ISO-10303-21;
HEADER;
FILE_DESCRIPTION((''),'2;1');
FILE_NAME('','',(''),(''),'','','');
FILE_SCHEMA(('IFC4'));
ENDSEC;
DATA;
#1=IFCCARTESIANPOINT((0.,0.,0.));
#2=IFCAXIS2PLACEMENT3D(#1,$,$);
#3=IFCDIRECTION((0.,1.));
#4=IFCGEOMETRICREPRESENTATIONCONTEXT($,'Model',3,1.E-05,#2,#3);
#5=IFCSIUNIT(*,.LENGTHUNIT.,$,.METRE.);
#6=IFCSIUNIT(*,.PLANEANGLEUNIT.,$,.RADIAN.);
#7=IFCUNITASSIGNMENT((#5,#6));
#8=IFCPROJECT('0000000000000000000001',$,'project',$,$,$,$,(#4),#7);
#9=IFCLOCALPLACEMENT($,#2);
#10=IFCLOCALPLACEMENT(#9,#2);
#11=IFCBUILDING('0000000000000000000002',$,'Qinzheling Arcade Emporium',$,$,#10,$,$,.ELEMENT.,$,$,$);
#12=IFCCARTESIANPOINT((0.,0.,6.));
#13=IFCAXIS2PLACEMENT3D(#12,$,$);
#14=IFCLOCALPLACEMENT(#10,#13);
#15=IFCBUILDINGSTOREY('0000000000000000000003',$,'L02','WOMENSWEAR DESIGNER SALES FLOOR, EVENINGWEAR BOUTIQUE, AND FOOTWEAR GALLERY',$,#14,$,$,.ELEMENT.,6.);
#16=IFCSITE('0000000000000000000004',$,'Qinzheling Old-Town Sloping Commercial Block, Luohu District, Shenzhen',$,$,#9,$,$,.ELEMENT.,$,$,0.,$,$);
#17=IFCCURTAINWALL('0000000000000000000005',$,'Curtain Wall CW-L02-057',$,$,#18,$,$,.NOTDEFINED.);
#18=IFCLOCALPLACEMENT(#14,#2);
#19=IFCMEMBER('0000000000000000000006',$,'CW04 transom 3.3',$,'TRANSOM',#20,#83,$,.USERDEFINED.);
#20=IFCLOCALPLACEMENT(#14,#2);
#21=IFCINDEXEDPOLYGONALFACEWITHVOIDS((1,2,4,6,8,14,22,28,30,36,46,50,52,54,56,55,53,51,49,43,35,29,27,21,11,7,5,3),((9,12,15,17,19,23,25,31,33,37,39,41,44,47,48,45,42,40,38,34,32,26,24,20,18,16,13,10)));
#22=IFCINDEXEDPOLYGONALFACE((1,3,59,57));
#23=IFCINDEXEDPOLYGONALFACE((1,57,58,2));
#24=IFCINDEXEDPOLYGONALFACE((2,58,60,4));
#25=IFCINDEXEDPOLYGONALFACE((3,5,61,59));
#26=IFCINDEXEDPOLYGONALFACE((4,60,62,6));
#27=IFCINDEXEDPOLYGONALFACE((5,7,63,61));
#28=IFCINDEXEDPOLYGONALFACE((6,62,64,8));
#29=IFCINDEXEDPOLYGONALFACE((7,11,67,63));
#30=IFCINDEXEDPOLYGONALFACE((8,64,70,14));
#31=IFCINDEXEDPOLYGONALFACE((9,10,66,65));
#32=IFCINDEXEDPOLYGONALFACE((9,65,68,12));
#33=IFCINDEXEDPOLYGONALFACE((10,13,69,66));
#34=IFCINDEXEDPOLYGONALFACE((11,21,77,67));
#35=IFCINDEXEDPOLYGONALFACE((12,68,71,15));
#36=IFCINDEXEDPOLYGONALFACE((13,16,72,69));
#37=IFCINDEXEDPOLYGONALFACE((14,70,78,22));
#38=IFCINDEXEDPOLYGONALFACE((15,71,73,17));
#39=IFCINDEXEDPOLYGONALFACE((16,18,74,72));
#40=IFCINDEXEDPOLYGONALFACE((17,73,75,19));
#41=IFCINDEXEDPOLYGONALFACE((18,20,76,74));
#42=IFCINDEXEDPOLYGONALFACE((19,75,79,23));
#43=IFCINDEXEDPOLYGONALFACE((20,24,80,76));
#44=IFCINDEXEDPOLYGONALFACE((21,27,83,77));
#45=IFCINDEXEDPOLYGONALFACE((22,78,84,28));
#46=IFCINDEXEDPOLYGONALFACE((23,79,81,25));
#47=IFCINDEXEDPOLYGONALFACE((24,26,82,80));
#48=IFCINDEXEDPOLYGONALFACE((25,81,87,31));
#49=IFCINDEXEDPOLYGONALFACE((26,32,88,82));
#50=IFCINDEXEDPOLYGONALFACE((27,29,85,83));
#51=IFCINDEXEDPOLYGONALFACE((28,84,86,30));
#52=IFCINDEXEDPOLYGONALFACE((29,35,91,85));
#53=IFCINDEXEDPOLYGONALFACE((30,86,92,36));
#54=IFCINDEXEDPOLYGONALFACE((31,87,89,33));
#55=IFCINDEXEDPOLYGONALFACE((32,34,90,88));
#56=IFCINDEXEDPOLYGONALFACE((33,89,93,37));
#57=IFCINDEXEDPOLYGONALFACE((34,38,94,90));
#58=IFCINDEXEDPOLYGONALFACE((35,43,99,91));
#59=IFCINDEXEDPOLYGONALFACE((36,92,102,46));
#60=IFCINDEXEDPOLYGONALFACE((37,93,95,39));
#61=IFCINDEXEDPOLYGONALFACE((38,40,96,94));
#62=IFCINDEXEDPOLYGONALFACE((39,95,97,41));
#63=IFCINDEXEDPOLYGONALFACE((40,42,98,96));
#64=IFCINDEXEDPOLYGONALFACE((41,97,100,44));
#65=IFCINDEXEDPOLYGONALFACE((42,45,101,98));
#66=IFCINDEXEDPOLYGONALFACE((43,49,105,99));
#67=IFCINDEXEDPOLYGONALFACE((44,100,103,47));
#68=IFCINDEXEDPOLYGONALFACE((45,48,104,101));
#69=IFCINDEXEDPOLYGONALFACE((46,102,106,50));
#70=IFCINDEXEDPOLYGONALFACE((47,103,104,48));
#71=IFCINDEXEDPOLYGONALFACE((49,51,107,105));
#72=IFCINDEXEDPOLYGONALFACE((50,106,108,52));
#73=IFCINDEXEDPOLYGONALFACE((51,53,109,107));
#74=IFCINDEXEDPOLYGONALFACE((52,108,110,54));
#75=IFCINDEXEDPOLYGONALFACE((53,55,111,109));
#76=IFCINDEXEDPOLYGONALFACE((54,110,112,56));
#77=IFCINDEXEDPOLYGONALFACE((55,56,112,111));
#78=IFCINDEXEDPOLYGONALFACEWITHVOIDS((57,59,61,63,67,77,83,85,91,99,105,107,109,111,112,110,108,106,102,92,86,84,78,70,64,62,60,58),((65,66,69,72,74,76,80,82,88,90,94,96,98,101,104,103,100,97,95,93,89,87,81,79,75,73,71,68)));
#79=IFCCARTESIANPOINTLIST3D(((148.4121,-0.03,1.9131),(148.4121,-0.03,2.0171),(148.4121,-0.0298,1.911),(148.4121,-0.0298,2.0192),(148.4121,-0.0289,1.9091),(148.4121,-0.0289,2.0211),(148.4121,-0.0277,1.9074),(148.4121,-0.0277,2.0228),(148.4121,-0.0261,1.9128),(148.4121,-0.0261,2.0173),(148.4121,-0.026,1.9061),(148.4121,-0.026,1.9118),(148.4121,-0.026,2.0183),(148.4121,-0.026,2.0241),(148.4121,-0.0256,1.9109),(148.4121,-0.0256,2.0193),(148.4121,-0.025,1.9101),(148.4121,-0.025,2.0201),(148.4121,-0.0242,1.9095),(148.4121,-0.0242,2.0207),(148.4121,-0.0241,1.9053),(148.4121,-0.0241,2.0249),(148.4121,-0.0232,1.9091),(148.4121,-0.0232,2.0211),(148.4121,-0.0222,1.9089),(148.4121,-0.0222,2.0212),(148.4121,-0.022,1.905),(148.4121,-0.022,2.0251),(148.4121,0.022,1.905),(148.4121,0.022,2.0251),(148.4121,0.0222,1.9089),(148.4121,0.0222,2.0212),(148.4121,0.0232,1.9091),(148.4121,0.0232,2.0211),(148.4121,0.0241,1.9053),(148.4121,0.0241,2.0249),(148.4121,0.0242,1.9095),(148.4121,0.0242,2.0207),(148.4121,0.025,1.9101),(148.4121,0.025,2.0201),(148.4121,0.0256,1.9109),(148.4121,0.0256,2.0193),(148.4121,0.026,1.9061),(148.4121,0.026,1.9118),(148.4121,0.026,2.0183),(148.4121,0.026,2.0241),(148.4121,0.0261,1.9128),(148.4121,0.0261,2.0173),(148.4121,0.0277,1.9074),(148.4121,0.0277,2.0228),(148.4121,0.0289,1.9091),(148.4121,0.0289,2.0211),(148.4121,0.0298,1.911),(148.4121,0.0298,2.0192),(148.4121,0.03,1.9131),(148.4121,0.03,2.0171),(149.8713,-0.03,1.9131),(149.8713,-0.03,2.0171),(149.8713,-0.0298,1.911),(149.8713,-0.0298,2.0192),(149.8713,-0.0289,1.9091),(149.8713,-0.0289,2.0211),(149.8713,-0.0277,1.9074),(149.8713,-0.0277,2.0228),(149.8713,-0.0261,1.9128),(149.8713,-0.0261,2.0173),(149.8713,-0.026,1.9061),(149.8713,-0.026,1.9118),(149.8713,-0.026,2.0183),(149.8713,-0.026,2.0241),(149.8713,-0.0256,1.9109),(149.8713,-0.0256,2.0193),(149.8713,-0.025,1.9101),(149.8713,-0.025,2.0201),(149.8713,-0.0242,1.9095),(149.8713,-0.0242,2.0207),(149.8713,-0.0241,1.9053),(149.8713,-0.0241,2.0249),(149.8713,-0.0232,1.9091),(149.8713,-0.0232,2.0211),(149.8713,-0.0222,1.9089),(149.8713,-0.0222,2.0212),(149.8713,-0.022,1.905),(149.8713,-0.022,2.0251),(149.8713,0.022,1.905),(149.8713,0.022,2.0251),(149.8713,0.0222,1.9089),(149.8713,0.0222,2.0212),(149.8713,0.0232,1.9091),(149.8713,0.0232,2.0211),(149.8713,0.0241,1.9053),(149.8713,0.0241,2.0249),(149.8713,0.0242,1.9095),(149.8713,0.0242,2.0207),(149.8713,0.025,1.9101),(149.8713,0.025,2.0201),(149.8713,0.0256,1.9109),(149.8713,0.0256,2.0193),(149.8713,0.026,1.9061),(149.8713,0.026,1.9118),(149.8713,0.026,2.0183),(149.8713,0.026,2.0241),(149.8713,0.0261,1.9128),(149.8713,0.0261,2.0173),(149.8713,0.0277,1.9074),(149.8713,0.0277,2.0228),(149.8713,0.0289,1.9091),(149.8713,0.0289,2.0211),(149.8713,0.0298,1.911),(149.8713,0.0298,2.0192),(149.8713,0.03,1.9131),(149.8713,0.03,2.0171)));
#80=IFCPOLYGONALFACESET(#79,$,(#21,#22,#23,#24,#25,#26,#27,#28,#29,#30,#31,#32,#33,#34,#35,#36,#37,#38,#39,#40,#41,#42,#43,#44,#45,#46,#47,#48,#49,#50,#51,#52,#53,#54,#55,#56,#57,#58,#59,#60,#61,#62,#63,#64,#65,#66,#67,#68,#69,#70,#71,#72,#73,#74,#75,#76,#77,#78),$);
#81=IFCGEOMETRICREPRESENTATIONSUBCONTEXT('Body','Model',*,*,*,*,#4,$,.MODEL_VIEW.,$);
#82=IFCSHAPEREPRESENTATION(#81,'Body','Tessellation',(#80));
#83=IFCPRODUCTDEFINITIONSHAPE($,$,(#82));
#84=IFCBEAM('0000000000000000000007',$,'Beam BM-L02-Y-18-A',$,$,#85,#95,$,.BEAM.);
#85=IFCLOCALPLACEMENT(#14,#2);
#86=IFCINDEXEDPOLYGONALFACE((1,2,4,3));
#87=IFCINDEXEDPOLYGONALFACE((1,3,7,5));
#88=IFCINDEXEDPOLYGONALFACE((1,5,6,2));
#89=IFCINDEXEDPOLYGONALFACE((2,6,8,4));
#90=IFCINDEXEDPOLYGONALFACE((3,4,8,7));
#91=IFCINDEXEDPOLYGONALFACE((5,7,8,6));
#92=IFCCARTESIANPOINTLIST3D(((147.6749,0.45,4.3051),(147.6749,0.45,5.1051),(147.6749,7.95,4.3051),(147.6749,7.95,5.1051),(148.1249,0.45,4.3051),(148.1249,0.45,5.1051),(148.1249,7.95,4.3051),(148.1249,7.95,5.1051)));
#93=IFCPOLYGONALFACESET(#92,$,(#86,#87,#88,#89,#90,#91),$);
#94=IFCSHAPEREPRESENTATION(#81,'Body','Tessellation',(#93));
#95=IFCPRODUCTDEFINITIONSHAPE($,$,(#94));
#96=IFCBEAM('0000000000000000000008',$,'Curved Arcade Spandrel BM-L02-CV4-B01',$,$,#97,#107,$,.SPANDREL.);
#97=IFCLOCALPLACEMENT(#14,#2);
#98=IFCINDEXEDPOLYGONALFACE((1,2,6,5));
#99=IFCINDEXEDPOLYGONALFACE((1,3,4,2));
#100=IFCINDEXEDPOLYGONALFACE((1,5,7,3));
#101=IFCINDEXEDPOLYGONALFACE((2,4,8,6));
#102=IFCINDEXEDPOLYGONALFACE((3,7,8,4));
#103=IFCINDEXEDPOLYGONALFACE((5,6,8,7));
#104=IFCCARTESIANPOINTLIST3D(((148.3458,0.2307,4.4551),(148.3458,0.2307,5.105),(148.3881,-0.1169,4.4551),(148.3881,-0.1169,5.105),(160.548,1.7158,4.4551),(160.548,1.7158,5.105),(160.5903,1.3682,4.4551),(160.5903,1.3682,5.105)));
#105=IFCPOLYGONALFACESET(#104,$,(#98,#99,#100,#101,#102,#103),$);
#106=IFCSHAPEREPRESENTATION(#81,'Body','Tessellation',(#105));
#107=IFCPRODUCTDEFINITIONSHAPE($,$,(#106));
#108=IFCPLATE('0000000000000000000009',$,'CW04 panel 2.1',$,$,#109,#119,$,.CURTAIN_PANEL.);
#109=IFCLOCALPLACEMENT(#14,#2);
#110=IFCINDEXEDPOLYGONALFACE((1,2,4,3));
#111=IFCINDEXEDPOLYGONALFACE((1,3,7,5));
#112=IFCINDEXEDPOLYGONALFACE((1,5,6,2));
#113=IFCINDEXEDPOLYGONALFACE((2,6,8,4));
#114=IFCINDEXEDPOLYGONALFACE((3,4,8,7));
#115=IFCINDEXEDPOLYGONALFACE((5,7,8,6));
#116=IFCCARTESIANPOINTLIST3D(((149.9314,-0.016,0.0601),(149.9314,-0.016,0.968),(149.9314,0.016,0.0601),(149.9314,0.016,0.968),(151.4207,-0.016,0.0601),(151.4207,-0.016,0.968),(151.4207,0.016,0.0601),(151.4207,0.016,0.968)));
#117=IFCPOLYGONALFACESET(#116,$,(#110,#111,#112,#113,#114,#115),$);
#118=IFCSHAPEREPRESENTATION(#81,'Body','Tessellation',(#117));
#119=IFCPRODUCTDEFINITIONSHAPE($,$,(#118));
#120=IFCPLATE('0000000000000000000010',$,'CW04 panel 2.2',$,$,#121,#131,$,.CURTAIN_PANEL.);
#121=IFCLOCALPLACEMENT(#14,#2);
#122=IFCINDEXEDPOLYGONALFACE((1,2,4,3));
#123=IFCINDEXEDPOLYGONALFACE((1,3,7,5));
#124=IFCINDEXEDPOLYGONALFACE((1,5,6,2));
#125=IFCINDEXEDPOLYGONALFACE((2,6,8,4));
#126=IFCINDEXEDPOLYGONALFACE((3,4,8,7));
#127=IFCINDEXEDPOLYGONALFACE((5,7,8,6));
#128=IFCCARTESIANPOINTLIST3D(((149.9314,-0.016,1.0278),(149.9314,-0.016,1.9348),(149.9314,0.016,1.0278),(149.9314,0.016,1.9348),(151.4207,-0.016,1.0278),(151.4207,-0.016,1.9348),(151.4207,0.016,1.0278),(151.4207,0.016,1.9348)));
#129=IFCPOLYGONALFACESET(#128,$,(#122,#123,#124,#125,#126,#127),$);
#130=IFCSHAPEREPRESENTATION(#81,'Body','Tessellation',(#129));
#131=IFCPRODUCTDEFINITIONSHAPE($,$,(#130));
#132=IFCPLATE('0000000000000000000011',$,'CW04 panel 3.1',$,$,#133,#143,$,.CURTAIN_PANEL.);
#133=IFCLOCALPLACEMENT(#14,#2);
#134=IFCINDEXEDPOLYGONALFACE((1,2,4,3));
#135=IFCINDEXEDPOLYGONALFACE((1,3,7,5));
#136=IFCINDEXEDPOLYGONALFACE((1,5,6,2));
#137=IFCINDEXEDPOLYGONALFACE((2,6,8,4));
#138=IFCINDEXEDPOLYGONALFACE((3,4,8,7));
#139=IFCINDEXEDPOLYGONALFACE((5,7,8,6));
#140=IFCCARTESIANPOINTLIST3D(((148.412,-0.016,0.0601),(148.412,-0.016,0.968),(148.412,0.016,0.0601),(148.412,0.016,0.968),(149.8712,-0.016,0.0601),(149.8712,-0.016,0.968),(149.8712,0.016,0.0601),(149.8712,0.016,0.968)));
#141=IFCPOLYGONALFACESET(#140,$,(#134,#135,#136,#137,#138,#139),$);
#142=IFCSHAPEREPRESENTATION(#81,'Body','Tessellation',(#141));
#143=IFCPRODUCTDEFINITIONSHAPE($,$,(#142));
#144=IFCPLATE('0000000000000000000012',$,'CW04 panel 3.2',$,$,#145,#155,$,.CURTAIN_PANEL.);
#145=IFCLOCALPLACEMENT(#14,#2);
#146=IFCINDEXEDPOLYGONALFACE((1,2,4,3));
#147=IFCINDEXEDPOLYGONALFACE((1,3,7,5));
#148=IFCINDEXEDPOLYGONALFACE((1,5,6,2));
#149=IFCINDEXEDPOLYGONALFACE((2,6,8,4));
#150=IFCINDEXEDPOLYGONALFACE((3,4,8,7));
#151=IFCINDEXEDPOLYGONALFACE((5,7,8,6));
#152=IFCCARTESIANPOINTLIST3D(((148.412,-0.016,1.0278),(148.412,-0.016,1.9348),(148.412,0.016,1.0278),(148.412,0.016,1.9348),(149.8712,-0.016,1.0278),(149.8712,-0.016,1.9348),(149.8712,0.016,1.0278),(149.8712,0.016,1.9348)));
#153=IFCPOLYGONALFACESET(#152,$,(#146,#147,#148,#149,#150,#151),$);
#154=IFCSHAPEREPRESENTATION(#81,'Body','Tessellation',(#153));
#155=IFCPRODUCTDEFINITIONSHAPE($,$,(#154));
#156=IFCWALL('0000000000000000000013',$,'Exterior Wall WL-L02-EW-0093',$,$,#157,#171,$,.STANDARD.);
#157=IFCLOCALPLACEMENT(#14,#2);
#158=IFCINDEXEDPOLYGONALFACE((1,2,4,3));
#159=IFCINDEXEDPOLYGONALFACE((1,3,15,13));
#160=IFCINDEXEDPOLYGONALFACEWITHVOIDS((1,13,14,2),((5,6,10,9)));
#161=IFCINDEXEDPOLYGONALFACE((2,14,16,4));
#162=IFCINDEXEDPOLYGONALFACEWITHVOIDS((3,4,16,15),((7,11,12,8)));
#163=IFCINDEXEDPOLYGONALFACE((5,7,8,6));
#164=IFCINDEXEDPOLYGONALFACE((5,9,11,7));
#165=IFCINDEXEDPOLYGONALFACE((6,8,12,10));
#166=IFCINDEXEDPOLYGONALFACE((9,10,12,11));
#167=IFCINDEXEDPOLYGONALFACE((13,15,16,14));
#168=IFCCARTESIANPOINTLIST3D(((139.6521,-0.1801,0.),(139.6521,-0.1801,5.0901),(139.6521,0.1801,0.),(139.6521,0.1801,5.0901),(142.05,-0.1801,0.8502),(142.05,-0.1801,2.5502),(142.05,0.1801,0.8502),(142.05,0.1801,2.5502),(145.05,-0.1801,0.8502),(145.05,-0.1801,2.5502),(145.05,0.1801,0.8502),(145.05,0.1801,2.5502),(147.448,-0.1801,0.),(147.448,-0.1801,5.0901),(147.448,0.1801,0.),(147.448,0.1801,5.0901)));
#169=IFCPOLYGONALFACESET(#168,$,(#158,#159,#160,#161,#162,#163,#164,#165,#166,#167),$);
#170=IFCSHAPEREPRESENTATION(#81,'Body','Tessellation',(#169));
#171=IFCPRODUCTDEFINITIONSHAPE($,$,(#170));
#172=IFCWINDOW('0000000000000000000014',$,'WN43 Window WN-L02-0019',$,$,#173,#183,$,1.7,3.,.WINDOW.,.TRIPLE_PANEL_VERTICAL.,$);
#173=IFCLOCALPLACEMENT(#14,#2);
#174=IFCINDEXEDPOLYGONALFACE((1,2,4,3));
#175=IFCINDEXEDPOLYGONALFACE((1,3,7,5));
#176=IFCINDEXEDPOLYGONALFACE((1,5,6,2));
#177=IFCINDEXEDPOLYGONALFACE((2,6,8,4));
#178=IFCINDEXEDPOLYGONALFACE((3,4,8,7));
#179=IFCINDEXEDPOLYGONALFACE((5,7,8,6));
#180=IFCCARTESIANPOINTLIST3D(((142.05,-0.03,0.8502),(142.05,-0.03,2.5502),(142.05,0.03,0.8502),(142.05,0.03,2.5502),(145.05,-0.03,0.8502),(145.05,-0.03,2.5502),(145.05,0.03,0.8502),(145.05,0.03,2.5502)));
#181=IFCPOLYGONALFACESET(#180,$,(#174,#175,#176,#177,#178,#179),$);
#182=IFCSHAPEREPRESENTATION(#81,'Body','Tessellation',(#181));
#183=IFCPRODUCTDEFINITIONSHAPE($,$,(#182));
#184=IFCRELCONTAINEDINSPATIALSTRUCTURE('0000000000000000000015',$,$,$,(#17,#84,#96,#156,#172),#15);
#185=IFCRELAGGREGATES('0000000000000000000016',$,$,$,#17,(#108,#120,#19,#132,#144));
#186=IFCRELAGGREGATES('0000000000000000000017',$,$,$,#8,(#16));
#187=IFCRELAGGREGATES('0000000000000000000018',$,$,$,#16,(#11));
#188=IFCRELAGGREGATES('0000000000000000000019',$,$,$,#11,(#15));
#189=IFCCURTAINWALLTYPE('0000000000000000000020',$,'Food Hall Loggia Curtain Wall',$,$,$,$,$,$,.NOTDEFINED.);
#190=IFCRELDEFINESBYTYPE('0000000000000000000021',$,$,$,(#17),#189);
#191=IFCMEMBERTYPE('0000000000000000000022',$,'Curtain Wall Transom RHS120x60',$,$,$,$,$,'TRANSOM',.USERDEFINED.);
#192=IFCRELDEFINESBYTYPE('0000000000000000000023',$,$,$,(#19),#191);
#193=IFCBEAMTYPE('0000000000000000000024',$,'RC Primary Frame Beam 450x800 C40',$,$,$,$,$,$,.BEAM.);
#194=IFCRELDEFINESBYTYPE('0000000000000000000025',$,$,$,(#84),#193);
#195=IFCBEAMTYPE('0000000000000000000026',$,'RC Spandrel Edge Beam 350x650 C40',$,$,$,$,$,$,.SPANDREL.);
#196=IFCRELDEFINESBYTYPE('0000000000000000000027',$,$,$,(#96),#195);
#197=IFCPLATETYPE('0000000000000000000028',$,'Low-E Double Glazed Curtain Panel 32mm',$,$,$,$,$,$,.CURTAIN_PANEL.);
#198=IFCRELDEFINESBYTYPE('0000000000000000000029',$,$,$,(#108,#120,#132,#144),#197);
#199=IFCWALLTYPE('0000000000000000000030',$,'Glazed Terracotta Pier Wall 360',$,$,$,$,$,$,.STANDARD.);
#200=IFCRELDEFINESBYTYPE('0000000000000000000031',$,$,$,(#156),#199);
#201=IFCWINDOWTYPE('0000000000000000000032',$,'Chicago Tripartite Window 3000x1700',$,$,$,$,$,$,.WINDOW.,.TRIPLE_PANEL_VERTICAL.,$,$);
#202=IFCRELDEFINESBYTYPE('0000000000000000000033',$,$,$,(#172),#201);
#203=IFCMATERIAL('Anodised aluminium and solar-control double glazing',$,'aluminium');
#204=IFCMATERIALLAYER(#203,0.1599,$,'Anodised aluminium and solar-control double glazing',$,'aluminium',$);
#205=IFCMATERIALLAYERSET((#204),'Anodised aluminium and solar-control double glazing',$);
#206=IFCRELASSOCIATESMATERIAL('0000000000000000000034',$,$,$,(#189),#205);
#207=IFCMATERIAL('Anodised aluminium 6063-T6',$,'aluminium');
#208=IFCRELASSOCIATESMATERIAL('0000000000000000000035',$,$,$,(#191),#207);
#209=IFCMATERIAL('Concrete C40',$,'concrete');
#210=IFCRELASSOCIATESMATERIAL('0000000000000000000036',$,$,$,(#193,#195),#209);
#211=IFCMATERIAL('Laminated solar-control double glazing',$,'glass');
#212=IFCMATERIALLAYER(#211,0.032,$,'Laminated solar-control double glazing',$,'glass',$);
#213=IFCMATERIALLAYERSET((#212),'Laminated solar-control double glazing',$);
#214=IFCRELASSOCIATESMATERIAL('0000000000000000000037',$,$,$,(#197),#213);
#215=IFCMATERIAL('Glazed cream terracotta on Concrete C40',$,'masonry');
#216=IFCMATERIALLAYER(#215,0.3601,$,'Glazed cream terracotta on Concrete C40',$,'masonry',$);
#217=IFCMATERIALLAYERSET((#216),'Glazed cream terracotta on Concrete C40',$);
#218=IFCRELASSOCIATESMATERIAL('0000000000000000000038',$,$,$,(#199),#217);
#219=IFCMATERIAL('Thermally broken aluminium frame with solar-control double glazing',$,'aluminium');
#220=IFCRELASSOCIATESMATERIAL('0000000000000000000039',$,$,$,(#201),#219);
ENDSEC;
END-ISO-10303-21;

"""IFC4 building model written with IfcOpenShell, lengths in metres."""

from ifc_helpers import new_model, si_unit, direction, frame, frame_2d, origin, origin_2d, place, context, subcontext, project, spatial, rectangle, hollow_rectangle, extrude, material, layer, layer_set, material_profile, profile_set, type_object, element, fill, aggregate, save


model = new_model("IFC4")

# Units and contexts
model_context = context("Model", 3, precision=1e-05, world=origin(), true_north=direction((0.0, 1.0)))
body_context = subcontext(model_context, "Body", "Model", "MODEL_VIEW")
ifc_project = project(units=[si_unit("LENGTHUNIT", "METRE"), si_unit("PLANEANGLEUNIT", "RADIAN")], contexts=[model_context])

# Site, building, storey
site_placement = place(None, origin())
site = spatial("IfcSite", under=ifc_project, at=site_placement, Name="Qinzheling Old-Town Sloping Commercial Block, Luohu District, Shenzhen", CompositionType="ELEMENT", RefElevation=0.0)
building_placement = place(site_placement, origin())
building = spatial("IfcBuilding", under=site, at=building_placement, Name="Qinzheling Arcade Emporium", CompositionType="ELEMENT")
storey_placement = place(building_placement, frame((0.0, 0.0, 6.0)))
storey = spatial("IfcBuildingStorey", under=building, at=storey_placement, Name="L02", Description="WOMENSWEAR DESIGNER SALES FLOOR, EVENINGWEAR BOUTIQUE, AND FOOTWEAR GALLERY", CompositionType="ELEMENT", Elevation=6.0)

# Curtain wall, member
ifc_material_1 = material(Name="Anodised aluminium and solar-control double glazing", Category="aluminium")
ifc_layer_1 = layer(ifc_material_1, 0.1599, Name="Anodised aluminium and solar-control double glazing", Category="aluminium")
ifc_layer_set_1 = layer_set([ifc_layer_1], Name="Anodised aluminium and solar-control double glazing")
curtain_wall_type = type_object("IfcCurtainWallType", Name="Food Hall Loggia Curtain Wall", PredefinedType="NOTDEFINED", material=ifc_layer_set_1)
curtain_wall_placement = place(storey_placement, origin())
curtain_wall = element("IfcCurtainWall", 1, at=curtain_wall_placement, inside=storey, type_object=curtain_wall_type, Name="Curtain Wall CW-L02-057", PredefinedType="NOTDEFINED")
ifc_material_2 = material(Name="Anodised aluminium 6063-T6", Category="aluminium")
ifc_material_profile_1 = material_profile(ifc_material_2, hollow_rectangle(XDim=0.0601, YDim=0.1201, WallThickness=0.0039, InnerFilletRadius=0.0039, OuterFilletRadius=0.0081, at=origin_2d()), Name="RHS 120x60x4", Category="aluminium")
ifc_profile_set_1 = profile_set([ifc_material_profile_1], Name="Anodised aluminium 6063-T6")
member_type_1 = type_object("IfcMemberType", Name="Curtain Wall Transom RHS120x60", ElementType="TRANSOM", PredefinedType="USERDEFINED", material=ifc_profile_set_1)
member_1_placement = place(storey_placement, frame((149.8713, 0.0, 1.9651), z_axis=(-1.0, 0.0, 0.0), x_axis=(0.0, -1.0, 0.0)))
member_1 = element("IfcMember", 2, at=member_1_placement, type_object=member_type_1, Name="CW04 transom 3.3", ObjectType="TRANSOM", PredefinedType="USERDEFINED", context=body_context, shape_type="SweptSolid", body=[
    extrude(hollow_rectangle(XDim=0.0601, YDim=0.1201, WallThickness=0.0039, InnerFilletRadius=0.0039, OuterFilletRadius=0.0081, at=origin_2d()), origin(), (0.0, 0.0, 1.0), 1.4592),
])

# Beams
ifc_material_3 = material(Name="Concrete C40", Category="concrete")
ifc_material_profile_2 = material_profile(ifc_material_3, rectangle(XDim=0.45, YDim=0.8, at=origin_2d()), Name="RC 450x800", Category="concrete")
ifc_profile_set_2 = profile_set([ifc_material_profile_2], Name="Concrete C40")
beam_type_1 = type_object("IfcBeamType", Name="RC Primary Frame Beam 450x800 C40", PredefinedType="BEAM", material=ifc_profile_set_2)
beam_1_placement = place(storey_placement, frame((147.8999, 0.45, 4.7051), z_axis=(0.0, 1.0, 0.0), x_axis=(-1.0, 0.0, 0.0)))
element("IfcBeam", 3, at=beam_1_placement, inside=storey, type_object=beam_type_1, Name="Beam BM-L02-Y-18-A", PredefinedType="BEAM", context=body_context, shape_type="SweptSolid", body=[
    extrude(rectangle(XDim=0.45, YDim=0.8, at=origin_2d()), origin(), (0.0, 0.0, 1.0), 7.5),
])
ifc_material_profile_3 = material_profile(ifc_material_3, rectangle(XDim=0.3501, YDim=0.6499, at=origin_2d()), Name="RC 350x650", Category="concrete")
ifc_profile_set_3 = profile_set([ifc_material_profile_3], Name="Concrete C40")
beam_type_2 = type_object("IfcBeamType", Name="RC Spandrel Edge Beam 350x650 C40", PredefinedType="SPANDREL", material=ifc_profile_set_3)
beam_2_placement = place(storey_placement, frame((148.3669, 0.0569, 4.78), z_axis=(0.992675, 0.120817, 0.0), x_axis=(-0.120817, 0.992675, 0.0)))
element("IfcBeam", 4, at=beam_2_placement, inside=storey, type_object=beam_type_2, Name="Curved Arcade Spandrel BM-L02-CV4-B01", PredefinedType="SPANDREL", context=body_context, shape_type="SweptSolid", body=[
    extrude(rectangle(XDim=0.3501, YDim=0.6499, at=origin_2d()), origin(), (0.0, 0.0, 1.0), 12.2922),
])

# Plates
ifc_material_4 = material(Name="Laminated solar-control double glazing", Category="glass")
ifc_layer_2 = layer(ifc_material_4, 0.032, Name="Laminated solar-control double glazing", Category="glass")
ifc_layer_set_2 = layer_set([ifc_layer_2], Name="Laminated solar-control double glazing")
plate_type = type_object("IfcPlateType", Name="Low-E Double Glazed Curtain Panel 32mm", PredefinedType="CURTAIN_PANEL", material=ifc_layer_set_2)
plate_1_placement = place(storey_placement, frame((150.676, 0.0, 0.0601), z_axis=(0.0, 0.0, 1.0), x_axis=(-1.0, 0.0, 0.0)))
plate_1 = element("IfcPlate", 5, at=plate_1_placement, type_object=plate_type, Name="CW04 panel 2.1", PredefinedType="CURTAIN_PANEL", context=body_context, shape_type="SweptSolid", body=[
    extrude(rectangle(XDim=1.4893, YDim=0.032, at=origin_2d()), origin(), (0.0, 0.0, 1.0), 0.908),
])
plate_2_placement = place(storey_placement, frame((150.676, 0.0, 1.0278), z_axis=(0.0, 0.0, 1.0), x_axis=(-1.0, 0.0, 0.0)))
plate_2 = element("IfcPlate", 6, at=plate_2_placement, type_object=plate_type, Name="CW04 panel 2.2", PredefinedType="CURTAIN_PANEL", context=body_context, shape_type="SweptSolid", body=[
    extrude(rectangle(XDim=1.4893, YDim=0.032, at=origin_2d()), origin(), (0.0, 0.0, 1.0), 0.907),
])
plate_3_placement = place(storey_placement, frame((149.1416, 0.0, 0.0601), z_axis=(0.0, 0.0, 1.0), x_axis=(-1.0, 0.0, 0.0)))
plate_3 = element("IfcPlate", 7, at=plate_3_placement, type_object=plate_type, Name="CW04 panel 3.1", PredefinedType="CURTAIN_PANEL", context=body_context, shape_type="SweptSolid", body=[
    extrude(rectangle(XDim=1.4592, YDim=0.032, at=origin_2d()), origin(), (0.0, 0.0, 1.0), 0.908),
])
plate_4_placement = place(storey_placement, frame((149.1416, 0.0, 1.0278), z_axis=(0.0, 0.0, 1.0), x_axis=(-1.0, 0.0, 0.0)))
plate_4 = element("IfcPlate", 8, at=plate_4_placement, type_object=plate_type, Name="CW04 panel 3.2", PredefinedType="CURTAIN_PANEL", context=body_context, shape_type="SweptSolid", body=[
    extrude(rectangle(XDim=1.4592, YDim=0.032, at=origin_2d()), origin(), (0.0, 0.0, 1.0), 0.907),
])
aggregate(curtain_wall, [plate_1, plate_2, member_1, plate_3, plate_4])

# Wall, opening, window
ifc_material_5 = material(Name="Glazed cream terracotta on Concrete C40", Category="masonry")
ifc_layer_3 = layer(ifc_material_5, 0.3601, Name="Glazed cream terracotta on Concrete C40", Category="masonry")
ifc_layer_set_3 = layer_set([ifc_layer_3], Name="Glazed cream terracotta on Concrete C40")
wall_type_1 = type_object("IfcWallType", Name="Glazed Terracotta Pier Wall 360", PredefinedType="STANDARD", material=ifc_layer_set_3)
wall_1_placement = place(storey_placement, frame((147.448, 0.0, 0.0), z_axis=(0.0, 0.0, 1.0), x_axis=(-1.0, 0.0, 0.0)))
wall_1 = element("IfcWall", 9, at=wall_1_placement, inside=storey, type_object=wall_type_1, Name="Exterior Wall WL-L02-EW-0093", PredefinedType="STANDARD", context=body_context, shape_type="SweptSolid", body=[
    extrude(rectangle(XDim=7.7959, YDim=0.3601, at=frame_2d((3.8979, 0.0))), origin(), (0.0, 0.0, 1.0), 5.0901),
])
opening_placement = place(wall_1_placement, frame((2.3979, 0.0, 0.8501)))
opening = element("IfcOpeningElement", 10, at=opening_placement, cuts=wall_1, PredefinedType="OPENING", context=body_context, shape_type="SweptSolid", body=[
    extrude(rectangle(XDim=3.0, YDim=1.7, at=frame_2d((1.5, 0.8501))), frame((0.0, 0.1899, 0.0), z_axis=(0.0, -1.0, 0.0), x_axis=(1.0, 0.0, 0.0)), (0.0, 0.0, 1.0), 0.3801),
])
ifc_material_6 = material(Name="Thermally broken aluminium frame with solar-control double glazing", Category="aluminium")
window_type = type_object("IfcWindowType", Name="Chicago Tripartite Window 3000x1700", PartitioningType="TRIPLE_PANEL_VERTICAL", PredefinedType="WINDOW", material=ifc_material_6)
window_placement = place(opening_placement, origin())
window = element("IfcWindow", 11, at=window_placement, inside=storey, type_object=window_type, Name="WN43 Window WN-L02-0019", OverallHeight=1.7, OverallWidth=3.0, PartitioningType="TRIPLE_PANEL_VERTICAL", PredefinedType="WINDOW", context=body_context, shape_type="SweptSolid", body=[
    extrude(rectangle(XDim=3.0, YDim=1.7, at=frame_2d((1.5, 0.8501))), frame((0.0, 0.03, 0.0), z_axis=(0.0, -1.0, 0.0), x_axis=(1.0, 0.0, 0.0)), (0.0, 0.0, 1.0), 0.0601),
])
fill(opening, window)

save(model, "model.ifc")
